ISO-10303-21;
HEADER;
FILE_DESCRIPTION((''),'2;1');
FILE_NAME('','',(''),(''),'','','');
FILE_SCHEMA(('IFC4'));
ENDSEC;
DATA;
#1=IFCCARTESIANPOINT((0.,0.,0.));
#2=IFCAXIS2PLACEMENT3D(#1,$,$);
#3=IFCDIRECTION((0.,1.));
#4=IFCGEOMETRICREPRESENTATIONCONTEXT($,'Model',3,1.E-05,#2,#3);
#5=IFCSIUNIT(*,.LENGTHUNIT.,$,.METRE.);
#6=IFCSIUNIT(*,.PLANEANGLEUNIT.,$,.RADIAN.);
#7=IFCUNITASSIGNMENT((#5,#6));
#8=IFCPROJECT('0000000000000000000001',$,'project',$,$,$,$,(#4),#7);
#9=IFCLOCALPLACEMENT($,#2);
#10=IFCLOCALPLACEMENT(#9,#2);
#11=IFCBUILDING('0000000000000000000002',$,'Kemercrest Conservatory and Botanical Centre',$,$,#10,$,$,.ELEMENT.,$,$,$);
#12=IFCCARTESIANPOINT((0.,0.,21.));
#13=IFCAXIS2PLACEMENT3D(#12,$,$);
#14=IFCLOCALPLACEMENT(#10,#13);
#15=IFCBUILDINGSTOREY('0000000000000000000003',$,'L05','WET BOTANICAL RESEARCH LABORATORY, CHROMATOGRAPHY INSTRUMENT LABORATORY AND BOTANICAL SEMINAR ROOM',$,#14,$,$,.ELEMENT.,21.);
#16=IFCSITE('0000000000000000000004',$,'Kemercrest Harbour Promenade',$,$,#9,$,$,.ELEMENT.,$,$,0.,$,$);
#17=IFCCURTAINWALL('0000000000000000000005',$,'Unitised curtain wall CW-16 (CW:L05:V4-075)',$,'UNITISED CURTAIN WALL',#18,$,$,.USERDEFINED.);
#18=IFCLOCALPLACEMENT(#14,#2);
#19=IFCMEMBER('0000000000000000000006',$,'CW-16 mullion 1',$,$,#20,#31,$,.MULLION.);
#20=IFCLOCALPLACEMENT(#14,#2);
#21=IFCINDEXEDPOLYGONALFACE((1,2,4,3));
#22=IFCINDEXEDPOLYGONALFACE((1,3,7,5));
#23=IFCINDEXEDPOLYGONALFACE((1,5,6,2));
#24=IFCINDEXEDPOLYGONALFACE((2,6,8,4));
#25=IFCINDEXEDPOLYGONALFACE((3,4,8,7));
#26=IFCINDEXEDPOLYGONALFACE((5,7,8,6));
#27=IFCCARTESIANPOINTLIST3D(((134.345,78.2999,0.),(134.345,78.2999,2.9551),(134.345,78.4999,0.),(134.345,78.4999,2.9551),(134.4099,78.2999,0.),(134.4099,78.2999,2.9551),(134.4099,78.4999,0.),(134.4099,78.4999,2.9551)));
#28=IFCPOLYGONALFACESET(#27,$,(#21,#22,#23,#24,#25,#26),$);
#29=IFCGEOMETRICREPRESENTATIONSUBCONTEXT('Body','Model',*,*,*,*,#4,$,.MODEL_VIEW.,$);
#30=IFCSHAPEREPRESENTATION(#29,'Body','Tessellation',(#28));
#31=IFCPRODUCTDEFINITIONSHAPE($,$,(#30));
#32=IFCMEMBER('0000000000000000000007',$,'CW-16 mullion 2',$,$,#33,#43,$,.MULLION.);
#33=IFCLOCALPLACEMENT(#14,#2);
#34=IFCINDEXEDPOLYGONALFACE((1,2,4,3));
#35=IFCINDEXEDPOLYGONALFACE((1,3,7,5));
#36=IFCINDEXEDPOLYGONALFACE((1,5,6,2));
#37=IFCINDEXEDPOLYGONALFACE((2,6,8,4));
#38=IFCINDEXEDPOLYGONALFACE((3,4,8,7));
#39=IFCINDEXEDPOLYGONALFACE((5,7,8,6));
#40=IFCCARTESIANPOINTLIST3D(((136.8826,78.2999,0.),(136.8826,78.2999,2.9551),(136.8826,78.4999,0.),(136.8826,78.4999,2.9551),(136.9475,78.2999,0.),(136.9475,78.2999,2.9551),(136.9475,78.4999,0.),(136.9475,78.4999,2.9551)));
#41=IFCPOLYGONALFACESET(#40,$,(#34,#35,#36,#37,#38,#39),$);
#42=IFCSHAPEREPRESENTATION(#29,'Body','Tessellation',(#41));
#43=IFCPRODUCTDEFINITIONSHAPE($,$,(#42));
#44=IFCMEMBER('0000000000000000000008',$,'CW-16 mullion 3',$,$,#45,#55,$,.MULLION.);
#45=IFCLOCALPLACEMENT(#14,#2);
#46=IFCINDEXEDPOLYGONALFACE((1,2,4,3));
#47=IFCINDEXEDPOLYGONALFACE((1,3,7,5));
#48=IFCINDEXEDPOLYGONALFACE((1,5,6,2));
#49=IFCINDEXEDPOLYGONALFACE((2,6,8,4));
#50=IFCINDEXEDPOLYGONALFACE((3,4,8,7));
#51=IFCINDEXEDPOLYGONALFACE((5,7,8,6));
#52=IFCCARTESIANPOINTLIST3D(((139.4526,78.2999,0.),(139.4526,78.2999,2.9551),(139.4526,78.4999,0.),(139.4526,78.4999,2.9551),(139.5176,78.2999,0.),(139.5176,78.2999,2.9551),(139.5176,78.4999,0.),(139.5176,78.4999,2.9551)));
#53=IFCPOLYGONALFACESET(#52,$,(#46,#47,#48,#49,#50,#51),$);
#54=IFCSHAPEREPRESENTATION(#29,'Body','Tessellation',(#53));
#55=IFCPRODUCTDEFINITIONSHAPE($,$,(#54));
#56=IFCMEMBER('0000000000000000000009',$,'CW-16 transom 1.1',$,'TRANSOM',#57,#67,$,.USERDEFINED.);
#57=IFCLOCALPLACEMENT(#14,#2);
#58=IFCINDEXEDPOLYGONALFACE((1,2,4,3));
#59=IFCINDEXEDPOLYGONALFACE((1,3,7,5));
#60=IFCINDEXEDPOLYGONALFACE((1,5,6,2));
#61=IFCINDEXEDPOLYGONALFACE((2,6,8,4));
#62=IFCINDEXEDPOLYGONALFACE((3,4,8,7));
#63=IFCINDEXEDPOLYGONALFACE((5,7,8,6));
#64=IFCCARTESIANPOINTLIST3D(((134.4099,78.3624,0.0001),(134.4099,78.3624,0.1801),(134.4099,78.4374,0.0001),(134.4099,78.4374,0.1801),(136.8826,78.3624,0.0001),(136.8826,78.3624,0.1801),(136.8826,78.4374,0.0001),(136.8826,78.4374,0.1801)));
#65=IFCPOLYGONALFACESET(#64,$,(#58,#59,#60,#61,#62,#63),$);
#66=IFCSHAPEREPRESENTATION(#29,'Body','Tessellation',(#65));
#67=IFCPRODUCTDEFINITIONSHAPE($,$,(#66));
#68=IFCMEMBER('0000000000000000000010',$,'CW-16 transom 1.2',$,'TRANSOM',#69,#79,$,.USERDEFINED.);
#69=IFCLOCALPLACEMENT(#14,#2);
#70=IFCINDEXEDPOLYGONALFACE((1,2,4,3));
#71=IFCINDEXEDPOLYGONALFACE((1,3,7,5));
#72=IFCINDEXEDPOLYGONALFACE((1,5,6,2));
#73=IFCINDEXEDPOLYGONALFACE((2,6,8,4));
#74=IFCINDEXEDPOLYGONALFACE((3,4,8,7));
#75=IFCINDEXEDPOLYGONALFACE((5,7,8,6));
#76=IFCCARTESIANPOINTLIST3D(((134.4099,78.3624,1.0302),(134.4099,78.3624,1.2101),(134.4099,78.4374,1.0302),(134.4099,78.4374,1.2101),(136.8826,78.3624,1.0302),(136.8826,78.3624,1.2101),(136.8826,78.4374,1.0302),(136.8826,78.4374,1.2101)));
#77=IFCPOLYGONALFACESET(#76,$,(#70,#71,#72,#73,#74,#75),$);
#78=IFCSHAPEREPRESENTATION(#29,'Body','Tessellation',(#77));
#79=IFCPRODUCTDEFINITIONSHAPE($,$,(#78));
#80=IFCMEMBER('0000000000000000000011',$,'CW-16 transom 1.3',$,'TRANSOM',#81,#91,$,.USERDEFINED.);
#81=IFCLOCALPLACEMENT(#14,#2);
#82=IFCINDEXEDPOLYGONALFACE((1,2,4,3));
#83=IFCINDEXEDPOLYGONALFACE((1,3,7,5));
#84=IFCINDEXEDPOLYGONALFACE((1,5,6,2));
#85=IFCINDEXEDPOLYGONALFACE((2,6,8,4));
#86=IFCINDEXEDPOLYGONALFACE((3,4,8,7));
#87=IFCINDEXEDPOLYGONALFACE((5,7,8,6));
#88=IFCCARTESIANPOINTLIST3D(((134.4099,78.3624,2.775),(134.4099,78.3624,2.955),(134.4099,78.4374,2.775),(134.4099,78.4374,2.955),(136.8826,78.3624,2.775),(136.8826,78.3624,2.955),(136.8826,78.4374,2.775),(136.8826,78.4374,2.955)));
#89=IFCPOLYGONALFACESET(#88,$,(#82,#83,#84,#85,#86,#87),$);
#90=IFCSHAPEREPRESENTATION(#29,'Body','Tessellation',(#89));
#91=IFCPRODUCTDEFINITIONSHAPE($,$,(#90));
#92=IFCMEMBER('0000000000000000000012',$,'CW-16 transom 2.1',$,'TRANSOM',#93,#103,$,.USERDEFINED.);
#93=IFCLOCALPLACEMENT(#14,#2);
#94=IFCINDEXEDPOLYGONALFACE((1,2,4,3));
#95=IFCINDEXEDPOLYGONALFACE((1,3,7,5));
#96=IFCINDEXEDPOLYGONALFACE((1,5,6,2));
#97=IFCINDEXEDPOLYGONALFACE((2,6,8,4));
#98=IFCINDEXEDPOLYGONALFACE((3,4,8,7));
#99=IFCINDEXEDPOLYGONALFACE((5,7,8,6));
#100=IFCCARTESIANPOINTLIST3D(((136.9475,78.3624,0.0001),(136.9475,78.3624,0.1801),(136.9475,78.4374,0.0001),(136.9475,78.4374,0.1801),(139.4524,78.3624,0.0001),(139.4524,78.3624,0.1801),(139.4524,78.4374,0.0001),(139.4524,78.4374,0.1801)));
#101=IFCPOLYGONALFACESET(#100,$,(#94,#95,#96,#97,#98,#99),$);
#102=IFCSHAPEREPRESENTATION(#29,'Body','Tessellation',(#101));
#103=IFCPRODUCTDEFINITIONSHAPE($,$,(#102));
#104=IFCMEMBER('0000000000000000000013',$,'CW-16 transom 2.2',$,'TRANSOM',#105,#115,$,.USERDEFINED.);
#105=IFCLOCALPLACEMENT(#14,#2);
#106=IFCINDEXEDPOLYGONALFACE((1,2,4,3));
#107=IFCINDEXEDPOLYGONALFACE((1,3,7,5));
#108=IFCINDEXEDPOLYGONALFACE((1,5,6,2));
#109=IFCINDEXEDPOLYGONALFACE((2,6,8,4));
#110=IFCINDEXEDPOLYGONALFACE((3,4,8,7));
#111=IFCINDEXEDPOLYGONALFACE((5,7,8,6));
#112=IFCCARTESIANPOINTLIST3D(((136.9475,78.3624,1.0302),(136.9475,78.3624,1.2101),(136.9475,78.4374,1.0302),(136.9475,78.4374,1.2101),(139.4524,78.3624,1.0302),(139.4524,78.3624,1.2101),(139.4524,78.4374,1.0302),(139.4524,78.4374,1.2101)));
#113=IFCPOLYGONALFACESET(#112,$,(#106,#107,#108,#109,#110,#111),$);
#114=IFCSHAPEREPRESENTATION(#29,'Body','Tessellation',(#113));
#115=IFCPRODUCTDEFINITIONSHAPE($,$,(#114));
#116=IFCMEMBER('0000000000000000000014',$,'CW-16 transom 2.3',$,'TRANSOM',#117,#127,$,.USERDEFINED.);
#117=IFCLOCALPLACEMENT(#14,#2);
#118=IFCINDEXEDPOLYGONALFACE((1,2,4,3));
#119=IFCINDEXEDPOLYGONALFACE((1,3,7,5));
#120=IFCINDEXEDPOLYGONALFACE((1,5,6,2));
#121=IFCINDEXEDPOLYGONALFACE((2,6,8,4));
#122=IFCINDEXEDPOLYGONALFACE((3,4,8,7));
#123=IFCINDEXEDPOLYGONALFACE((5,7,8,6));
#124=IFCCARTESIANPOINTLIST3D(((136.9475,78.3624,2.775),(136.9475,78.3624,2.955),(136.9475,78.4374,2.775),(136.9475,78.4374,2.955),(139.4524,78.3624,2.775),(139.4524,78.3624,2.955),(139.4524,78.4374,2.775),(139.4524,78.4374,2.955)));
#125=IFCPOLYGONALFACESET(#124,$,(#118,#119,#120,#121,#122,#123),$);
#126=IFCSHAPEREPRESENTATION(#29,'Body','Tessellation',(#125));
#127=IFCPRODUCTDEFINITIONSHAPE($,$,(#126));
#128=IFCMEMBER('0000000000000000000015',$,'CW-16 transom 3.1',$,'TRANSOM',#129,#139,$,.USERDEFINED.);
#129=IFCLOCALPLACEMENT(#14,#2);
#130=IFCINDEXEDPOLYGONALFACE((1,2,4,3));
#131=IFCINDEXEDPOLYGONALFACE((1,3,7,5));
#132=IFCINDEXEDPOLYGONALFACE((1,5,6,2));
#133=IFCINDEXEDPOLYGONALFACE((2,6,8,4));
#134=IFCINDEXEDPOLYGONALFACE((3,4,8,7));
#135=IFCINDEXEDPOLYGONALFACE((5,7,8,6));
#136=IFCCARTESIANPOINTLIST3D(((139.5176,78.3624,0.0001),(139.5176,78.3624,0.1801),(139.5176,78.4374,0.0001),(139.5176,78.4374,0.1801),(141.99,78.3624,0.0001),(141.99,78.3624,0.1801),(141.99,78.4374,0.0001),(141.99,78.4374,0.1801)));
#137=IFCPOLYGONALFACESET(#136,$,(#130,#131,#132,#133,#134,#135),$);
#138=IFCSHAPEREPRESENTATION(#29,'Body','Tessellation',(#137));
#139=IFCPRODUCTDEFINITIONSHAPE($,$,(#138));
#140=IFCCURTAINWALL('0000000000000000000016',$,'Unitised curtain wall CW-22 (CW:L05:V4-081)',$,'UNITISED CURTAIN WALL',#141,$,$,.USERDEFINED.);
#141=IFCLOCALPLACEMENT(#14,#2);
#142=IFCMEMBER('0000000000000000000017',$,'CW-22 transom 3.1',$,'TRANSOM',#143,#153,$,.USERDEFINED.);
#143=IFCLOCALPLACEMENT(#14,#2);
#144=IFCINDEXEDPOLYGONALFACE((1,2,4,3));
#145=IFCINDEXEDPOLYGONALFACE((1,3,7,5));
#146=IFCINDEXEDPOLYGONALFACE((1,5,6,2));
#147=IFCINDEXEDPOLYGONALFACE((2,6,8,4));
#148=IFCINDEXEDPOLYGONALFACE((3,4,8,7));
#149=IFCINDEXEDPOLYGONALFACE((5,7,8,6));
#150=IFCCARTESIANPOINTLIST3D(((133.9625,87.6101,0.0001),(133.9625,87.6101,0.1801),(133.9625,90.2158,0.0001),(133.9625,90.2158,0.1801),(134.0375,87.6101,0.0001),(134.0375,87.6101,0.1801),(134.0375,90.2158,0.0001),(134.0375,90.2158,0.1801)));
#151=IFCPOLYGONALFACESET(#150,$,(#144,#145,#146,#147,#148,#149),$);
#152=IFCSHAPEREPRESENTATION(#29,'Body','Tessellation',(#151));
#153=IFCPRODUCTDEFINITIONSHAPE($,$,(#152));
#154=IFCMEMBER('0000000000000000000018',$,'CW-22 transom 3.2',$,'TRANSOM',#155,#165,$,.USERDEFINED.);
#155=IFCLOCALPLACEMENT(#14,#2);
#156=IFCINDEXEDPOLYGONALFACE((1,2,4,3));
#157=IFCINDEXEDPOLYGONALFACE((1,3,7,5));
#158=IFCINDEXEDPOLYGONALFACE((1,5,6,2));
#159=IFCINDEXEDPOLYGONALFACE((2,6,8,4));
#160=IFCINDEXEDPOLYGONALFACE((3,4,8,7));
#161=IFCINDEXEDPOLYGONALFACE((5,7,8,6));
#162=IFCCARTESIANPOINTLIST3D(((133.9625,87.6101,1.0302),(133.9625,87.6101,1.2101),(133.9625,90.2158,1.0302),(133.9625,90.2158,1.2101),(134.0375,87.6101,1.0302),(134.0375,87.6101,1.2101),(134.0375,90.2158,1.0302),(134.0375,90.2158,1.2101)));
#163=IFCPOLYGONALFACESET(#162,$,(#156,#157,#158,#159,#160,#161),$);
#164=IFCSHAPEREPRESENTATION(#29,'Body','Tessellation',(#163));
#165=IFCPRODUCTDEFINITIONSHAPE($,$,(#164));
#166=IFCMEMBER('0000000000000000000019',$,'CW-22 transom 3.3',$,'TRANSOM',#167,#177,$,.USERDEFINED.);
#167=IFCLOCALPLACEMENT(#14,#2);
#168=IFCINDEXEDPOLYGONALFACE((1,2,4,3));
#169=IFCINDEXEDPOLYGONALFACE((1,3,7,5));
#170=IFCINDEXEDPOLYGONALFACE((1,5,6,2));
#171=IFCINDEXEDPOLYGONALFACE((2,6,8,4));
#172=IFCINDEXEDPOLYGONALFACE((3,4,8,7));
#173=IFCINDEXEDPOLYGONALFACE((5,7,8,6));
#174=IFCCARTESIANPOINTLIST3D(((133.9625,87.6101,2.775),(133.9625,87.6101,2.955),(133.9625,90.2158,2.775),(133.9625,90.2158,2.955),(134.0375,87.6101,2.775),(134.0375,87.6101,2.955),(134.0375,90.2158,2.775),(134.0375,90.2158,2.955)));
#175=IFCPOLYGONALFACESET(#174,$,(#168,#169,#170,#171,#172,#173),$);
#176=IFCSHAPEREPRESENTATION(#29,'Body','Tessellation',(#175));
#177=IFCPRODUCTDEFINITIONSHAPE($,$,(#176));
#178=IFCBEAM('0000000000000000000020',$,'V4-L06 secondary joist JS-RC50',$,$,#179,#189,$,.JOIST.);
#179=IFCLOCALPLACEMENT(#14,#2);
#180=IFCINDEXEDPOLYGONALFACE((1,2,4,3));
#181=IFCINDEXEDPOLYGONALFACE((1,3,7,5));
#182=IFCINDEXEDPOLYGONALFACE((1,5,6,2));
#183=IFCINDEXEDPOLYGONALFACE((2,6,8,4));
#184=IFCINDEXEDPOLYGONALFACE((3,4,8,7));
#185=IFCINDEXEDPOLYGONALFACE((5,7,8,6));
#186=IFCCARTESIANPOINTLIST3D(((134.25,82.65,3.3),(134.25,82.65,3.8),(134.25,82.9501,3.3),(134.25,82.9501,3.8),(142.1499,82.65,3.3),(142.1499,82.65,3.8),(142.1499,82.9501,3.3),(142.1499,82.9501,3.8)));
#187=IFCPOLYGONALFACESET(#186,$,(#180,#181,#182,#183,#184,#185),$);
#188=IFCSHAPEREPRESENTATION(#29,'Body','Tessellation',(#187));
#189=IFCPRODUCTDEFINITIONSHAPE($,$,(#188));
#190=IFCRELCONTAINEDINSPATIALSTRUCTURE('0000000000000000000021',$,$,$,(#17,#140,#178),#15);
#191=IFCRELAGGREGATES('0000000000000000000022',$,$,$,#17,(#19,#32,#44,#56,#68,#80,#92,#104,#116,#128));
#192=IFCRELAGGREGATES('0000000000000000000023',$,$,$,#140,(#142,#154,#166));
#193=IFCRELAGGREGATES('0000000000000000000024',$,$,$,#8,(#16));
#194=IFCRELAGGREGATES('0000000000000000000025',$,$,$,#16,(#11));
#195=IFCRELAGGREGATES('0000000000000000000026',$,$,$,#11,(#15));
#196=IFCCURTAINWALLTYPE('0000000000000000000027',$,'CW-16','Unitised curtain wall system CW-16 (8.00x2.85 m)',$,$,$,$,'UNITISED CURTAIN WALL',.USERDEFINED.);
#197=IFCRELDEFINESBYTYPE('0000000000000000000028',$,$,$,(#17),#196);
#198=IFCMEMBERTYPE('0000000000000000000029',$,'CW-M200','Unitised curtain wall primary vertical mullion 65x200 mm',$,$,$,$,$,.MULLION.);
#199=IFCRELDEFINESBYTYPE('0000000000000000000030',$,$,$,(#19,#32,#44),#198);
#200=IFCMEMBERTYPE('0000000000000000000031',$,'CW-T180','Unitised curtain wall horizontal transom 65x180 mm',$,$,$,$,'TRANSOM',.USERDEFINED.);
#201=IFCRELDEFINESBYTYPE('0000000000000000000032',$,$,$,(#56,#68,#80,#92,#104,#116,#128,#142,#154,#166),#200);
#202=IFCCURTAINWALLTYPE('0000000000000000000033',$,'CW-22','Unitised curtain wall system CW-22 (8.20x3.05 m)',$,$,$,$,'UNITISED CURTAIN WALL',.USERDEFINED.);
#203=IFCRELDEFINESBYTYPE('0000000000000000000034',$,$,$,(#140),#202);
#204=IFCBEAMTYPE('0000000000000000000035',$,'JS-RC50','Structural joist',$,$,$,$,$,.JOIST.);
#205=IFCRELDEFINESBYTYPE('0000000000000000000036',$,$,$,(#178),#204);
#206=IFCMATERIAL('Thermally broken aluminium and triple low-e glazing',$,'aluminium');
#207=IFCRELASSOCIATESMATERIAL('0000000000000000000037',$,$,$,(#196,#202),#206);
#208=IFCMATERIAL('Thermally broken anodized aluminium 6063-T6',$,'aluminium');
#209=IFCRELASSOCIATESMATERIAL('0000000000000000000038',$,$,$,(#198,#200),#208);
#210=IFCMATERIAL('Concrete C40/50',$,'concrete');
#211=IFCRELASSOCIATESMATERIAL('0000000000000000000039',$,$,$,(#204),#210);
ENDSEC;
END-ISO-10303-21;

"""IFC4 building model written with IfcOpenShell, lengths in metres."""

from ifc_helpers import new_model, si_unit, direction, frame, origin, origin_2d, place, context, subcontext, project, spatial, rectangle, extrude, material, material_profile, profile_set, type_object, element, aggregate, save


model = new_model("IFC4")

# Units and contexts
model_context = context("Model", 3, precision=1e-05, world=origin(), true_north=direction((0.0, 1.0)))
body_context = subcontext(model_context, "Body", "Model", "MODEL_VIEW")
ifc_project = project(units=[si_unit("LENGTHUNIT", "METRE"), si_unit("PLANEANGLEUNIT", "RADIAN")], contexts=[model_context])

# Site, building, storey
site_placement = place(None, origin())
site = spatial("IfcSite", under=ifc_project, at=site_placement, Name="Kemercrest Harbour Promenade", CompositionType="ELEMENT", RefElevation=0.0)
building_placement = place(site_placement, origin())
building = spatial("IfcBuilding", under=site, at=building_placement, Name="Kemercrest Conservatory and Botanical Centre", CompositionType="ELEMENT")
storey_placement = place(building_placement, frame((0.0, 0.0, 21.0)))
storey = spatial("IfcBuildingStorey", under=building, at=storey_placement, Name="L05", Description="WET BOTANICAL RESEARCH LABORATORY, CHROMATOGRAPHY INSTRUMENT LABORATORY AND BOTANICAL SEMINAR ROOM", CompositionType="ELEMENT", Elevation=21.0)

# Curtain walls, members
ifc_material_1 = material(Name="Thermally broken aluminium and triple low-e glazing", Category="aluminium")
curtain_wall_type_1 = type_object("IfcCurtainWallType", Name="CW-16", Description="Unitised curtain wall system CW-16 (8.00x2.85 m)", ElementType="UNITISED CURTAIN WALL", PredefinedType="USERDEFINED", material=ifc_material_1)
curtain_wall_1_placement = place(storey_placement, origin())
curtain_wall_1 = element("IfcCurtainWall", 1, at=curtain_wall_1_placement, inside=storey, type_object=curtain_wall_type_1, Name="Unitised curtain wall CW-16 (CW:L05:V4-075)", ObjectType="UNITISED CURTAIN WALL", PredefinedType="USERDEFINED")
ifc_material_2 = material(Name="Thermally broken anodized aluminium 6063-T6", Category="aluminium")
ifc_material_profile_1 = material_profile(ifc_material_2, rectangle(XDim=0.2, YDim=0.0649, at=origin_2d()), Name="AL MULLION 65x200")
ifc_profile_set_1 = profile_set([ifc_material_profile_1], Name="Thermally broken anodized aluminium 6063-T6")
member_type_1 = type_object("IfcMemberType", Name="CW-M200", Description="Unitised curtain wall primary vertical mullion 65x200 mm", PredefinedType="MULLION", material=ifc_profile_set_1)
member_1_placement = place(storey_placement, frame((134.3774, 78.3999, 0.0), z_axis=(0.0, 0.0, 1.0), x_axis=(0.0, 1.0, 0.0)))
member_1 = element("IfcMember", 2, at=member_1_placement, type_object=member_type_1, Name="CW-16 mullion 1", PredefinedType="MULLION", context=body_context, shape_type="SweptSolid", body=[
    extrude(rectangle(XDim=0.2, YDim=0.0649, at=origin_2d()), origin(), (0.0, 0.0, 1.0), 2.9551),
])
member_2_placement = place(storey_placement, frame((136.915, 78.3999, 0.0), z_axis=(0.0, 0.0, 1.0), x_axis=(0.0, 1.0, 0.0)))
member_2 = element("IfcMember", 3, at=member_2_placement, type_object=member_type_1, Name="CW-16 mullion 2", PredefinedType="MULLION", context=body_context, shape_type="SweptSolid", body=[
    extrude(rectangle(XDim=0.2, YDim=0.0649, at=origin_2d()), origin(), (0.0, 0.0, 1.0), 2.9551),
])
member_3_placement = place(storey_placement, frame((139.4851, 78.3999, 0.0), z_axis=(0.0, 0.0, 1.0), x_axis=(0.0, 1.0, 0.0)))
member_3 = element("IfcMember", 4, at=member_3_placement, type_object=member_type_1, Name="CW-16 mullion 3", PredefinedType="MULLION", context=body_context, shape_type="SweptSolid", body=[
    extrude(rectangle(XDim=0.2, YDim=0.0649, at=origin_2d()), origin(), (0.0, 0.0, 1.0), 2.9551),
])
ifc_material_profile_2 = material_profile(ifc_material_2, rectangle(XDim=0.075, YDim=0.1799, at=origin_2d()), Name="AL TRANSOM 75x180")
ifc_profile_set_2 = profile_set([ifc_material_profile_2], Name="Thermally broken anodized aluminium 6063-T6")
member_type_2 = type_object("IfcMemberType", Name="CW-T180", Description="Unitised curtain wall horizontal transom 65x180 mm", ElementType="TRANSOM", PredefinedType="USERDEFINED", material=ifc_profile_set_2)
member_4_placement = place(storey_placement, frame((134.4099, 78.3999, 0.0901), z_axis=(1.0, 0.0, 0.0), x_axis=(0.0, 1.0, 0.0)))
member_4 = element("IfcMember", 5, at=member_4_placement, type_object=member_type_2, Name="CW-16 transom 1.1", ObjectType="TRANSOM", PredefinedType="USERDEFINED", context=body_context, shape_type="SweptSolid", body=[
    extrude(rectangle(XDim=0.075, YDim=0.1799, at=origin_2d()), origin(), (0.0, 0.0, 1.0), 2.4727),
])
member_5_placement = place(storey_placement, frame((134.4099, 78.3999, 1.1201), z_axis=(1.0, 0.0, 0.0), x_axis=(0.0, 1.0, 0.0)))
member_5 = element("IfcMember", 6, at=member_5_placement, type_object=member_type_2, Name="CW-16 transom 1.2", ObjectType="TRANSOM", PredefinedType="USERDEFINED", context=body_context, shape_type="SweptSolid", body=[
    extrude(rectangle(XDim=0.075, YDim=0.1799, at=origin_2d()), origin(), (0.0, 0.0, 1.0), 2.4727),
])
member_6_placement = place(storey_placement, frame((134.4099, 78.3999, 2.865), z_axis=(1.0, 0.0, 0.0), x_axis=(0.0, 1.0, 0.0)))
member_6 = element("IfcMember", 7, at=member_6_placement, type_object=member_type_2, Name="CW-16 transom 1.3", ObjectType="TRANSOM", PredefinedType="USERDEFINED", context=body_context, shape_type="SweptSolid", body=[
    extrude(rectangle(XDim=0.075, YDim=0.1799, at=origin_2d()), origin(), (0.0, 0.0, 1.0), 2.4727),
])
member_7_placement = place(storey_placement, frame((136.9475, 78.3999, 0.0901), z_axis=(1.0, 0.0, 0.0), x_axis=(0.0, 1.0, 0.0)))
member_7 = element("IfcMember", 8, at=member_7_placement, type_object=member_type_2, Name="CW-16 transom 2.1", ObjectType="TRANSOM", PredefinedType="USERDEFINED", context=body_context, shape_type="SweptSolid", body=[
    extrude(rectangle(XDim=0.075, YDim=0.1799, at=origin_2d()), origin(), (0.0, 0.0, 1.0), 2.5049),
])
member_8_placement = place(storey_placement, frame((136.9475, 78.3999, 1.1201), z_axis=(1.0, 0.0, 0.0), x_axis=(0.0, 1.0, 0.0)))
member_8 = element("IfcMember", 9, at=member_8_placement, type_object=member_type_2, Name="CW-16 transom 2.2", ObjectType="TRANSOM", PredefinedType="USERDEFINED", context=body_context, shape_type="SweptSolid", body=[
    extrude(rectangle(XDim=0.075, YDim=0.1799, at=origin_2d()), origin(), (0.0, 0.0, 1.0), 2.5049),
])
member_9_placement = place(storey_placement, frame((136.9475, 78.3999, 2.865), z_axis=(1.0, 0.0, 0.0), x_axis=(0.0, 1.0, 0.0)))
member_9 = element("IfcMember", 10, at=member_9_placement, type_object=member_type_2, Name="CW-16 transom 2.3", ObjectType="TRANSOM", PredefinedType="USERDEFINED", context=body_context, shape_type="SweptSolid", body=[
    extrude(rectangle(XDim=0.075, YDim=0.1799, at=origin_2d()), origin(), (0.0, 0.0, 1.0), 2.5049),
])
member_10_placement = place(storey_placement, frame((139.5176, 78.3999, 0.0901), z_axis=(1.0, 0.0, 0.0), x_axis=(0.0, 1.0, 0.0)))
member_10 = element("IfcMember", 11, at=member_10_placement, type_object=member_type_2, Name="CW-16 transom 3.1", ObjectType="TRANSOM", PredefinedType="USERDEFINED", context=body_context, shape_type="SweptSolid", body=[
    extrude(rectangle(XDim=0.075, YDim=0.1799, at=origin_2d()), origin(), (0.0, 0.0, 1.0), 2.4724),
])
curtain_wall_type_2 = type_object("IfcCurtainWallType", Name="CW-22", Description="Unitised curtain wall system CW-22 (8.20x3.05 m)", ElementType="UNITISED CURTAIN WALL", PredefinedType="USERDEFINED", material=ifc_material_1)
curtain_wall_2_placement = place(storey_placement, origin())
curtain_wall_2 = element("IfcCurtainWall", 12, at=curtain_wall_2_placement, inside=storey, type_object=curtain_wall_type_2, Name="Unitised curtain wall CW-22 (CW:L05:V4-081)", ObjectType="UNITISED CURTAIN WALL", PredefinedType="USERDEFINED")
member_11_placement = place(storey_placement, frame((134.0, 90.2158, 0.0901), z_axis=(0.0, -1.0, 0.0), x_axis=(1.0, 0.0, 0.0)))
member_11 = element("IfcMember", 13, at=member_11_placement, type_object=member_type_2, Name="CW-22 transom 3.1", ObjectType="TRANSOM", PredefinedType="USERDEFINED", context=body_context, shape_type="SweptSolid", body=[
    extrude(rectangle(XDim=0.075, YDim=0.1799, at=origin_2d()), origin(), (0.0, 0.0, 1.0), 2.6057),
])
member_12_placement = place(storey_placement, frame((134.0, 90.2158, 1.1201), z_axis=(0.0, -1.0, 0.0), x_axis=(1.0, 0.0, 0.0)))
member_12 = element("IfcMember", 14, at=member_12_placement, type_object=member_type_2, Name="CW-22 transom 3.2", ObjectType="TRANSOM", PredefinedType="USERDEFINED", context=body_context, shape_type="SweptSolid", body=[
    extrude(rectangle(XDim=0.075, YDim=0.1799, at=origin_2d()), origin(), (0.0, 0.0, 1.0), 2.6057),
])
member_13_placement = place(storey_placement, frame((134.0, 90.2158, 2.865), z_axis=(0.0, -1.0, 0.0), x_axis=(1.0, 0.0, 0.0)))
member_13 = element("IfcMember", 15, at=member_13_placement, type_object=member_type_2, Name="CW-22 transom 3.3", ObjectType="TRANSOM", PredefinedType="USERDEFINED", context=body_context, shape_type="SweptSolid", body=[
    extrude(rectangle(XDim=0.075, YDim=0.1799, at=origin_2d()), origin(), (0.0, 0.0, 1.0), 2.6057),
])

# Beam
ifc_material_3 = material(Name="Concrete C40/50", Category="concrete")
ifc_material_profile_3 = material_profile(ifc_material_3, rectangle(XDim=0.3, YDim=0.5, at=origin_2d()), Name="RC 300x500")
ifc_profile_set_3 = profile_set([ifc_material_profile_3], Name="Concrete C40/50")
beam_type = type_object("IfcBeamType", Name="JS-RC50", Description="Structural joist", PredefinedType="JOIST", material=ifc_profile_set_3)
beam_placement = place(storey_placement, frame((134.25, 82.8, 3.55), z_axis=(1.0, 0.0, 0.0), x_axis=(0.0, 1.0, 0.0)))
element("IfcBeam", 16, at=beam_placement, inside=storey, type_object=beam_type, Name="V4-L06 secondary joist JS-RC50", PredefinedType="JOIST", context=body_context, shape_type="SweptSolid", body=[
    extrude(rectangle(XDim=0.3, YDim=0.5, at=origin_2d()), origin(), (0.0, 0.0, 1.0), 7.8999),
])

aggregate(curtain_wall_1, [member_1, member_2, member_3, member_4, member_5, member_6, member_7, member_8, member_9, member_10])
aggregate(curtain_wall_2, [member_11, member_12, member_13])

save(model, "model.ifc")
